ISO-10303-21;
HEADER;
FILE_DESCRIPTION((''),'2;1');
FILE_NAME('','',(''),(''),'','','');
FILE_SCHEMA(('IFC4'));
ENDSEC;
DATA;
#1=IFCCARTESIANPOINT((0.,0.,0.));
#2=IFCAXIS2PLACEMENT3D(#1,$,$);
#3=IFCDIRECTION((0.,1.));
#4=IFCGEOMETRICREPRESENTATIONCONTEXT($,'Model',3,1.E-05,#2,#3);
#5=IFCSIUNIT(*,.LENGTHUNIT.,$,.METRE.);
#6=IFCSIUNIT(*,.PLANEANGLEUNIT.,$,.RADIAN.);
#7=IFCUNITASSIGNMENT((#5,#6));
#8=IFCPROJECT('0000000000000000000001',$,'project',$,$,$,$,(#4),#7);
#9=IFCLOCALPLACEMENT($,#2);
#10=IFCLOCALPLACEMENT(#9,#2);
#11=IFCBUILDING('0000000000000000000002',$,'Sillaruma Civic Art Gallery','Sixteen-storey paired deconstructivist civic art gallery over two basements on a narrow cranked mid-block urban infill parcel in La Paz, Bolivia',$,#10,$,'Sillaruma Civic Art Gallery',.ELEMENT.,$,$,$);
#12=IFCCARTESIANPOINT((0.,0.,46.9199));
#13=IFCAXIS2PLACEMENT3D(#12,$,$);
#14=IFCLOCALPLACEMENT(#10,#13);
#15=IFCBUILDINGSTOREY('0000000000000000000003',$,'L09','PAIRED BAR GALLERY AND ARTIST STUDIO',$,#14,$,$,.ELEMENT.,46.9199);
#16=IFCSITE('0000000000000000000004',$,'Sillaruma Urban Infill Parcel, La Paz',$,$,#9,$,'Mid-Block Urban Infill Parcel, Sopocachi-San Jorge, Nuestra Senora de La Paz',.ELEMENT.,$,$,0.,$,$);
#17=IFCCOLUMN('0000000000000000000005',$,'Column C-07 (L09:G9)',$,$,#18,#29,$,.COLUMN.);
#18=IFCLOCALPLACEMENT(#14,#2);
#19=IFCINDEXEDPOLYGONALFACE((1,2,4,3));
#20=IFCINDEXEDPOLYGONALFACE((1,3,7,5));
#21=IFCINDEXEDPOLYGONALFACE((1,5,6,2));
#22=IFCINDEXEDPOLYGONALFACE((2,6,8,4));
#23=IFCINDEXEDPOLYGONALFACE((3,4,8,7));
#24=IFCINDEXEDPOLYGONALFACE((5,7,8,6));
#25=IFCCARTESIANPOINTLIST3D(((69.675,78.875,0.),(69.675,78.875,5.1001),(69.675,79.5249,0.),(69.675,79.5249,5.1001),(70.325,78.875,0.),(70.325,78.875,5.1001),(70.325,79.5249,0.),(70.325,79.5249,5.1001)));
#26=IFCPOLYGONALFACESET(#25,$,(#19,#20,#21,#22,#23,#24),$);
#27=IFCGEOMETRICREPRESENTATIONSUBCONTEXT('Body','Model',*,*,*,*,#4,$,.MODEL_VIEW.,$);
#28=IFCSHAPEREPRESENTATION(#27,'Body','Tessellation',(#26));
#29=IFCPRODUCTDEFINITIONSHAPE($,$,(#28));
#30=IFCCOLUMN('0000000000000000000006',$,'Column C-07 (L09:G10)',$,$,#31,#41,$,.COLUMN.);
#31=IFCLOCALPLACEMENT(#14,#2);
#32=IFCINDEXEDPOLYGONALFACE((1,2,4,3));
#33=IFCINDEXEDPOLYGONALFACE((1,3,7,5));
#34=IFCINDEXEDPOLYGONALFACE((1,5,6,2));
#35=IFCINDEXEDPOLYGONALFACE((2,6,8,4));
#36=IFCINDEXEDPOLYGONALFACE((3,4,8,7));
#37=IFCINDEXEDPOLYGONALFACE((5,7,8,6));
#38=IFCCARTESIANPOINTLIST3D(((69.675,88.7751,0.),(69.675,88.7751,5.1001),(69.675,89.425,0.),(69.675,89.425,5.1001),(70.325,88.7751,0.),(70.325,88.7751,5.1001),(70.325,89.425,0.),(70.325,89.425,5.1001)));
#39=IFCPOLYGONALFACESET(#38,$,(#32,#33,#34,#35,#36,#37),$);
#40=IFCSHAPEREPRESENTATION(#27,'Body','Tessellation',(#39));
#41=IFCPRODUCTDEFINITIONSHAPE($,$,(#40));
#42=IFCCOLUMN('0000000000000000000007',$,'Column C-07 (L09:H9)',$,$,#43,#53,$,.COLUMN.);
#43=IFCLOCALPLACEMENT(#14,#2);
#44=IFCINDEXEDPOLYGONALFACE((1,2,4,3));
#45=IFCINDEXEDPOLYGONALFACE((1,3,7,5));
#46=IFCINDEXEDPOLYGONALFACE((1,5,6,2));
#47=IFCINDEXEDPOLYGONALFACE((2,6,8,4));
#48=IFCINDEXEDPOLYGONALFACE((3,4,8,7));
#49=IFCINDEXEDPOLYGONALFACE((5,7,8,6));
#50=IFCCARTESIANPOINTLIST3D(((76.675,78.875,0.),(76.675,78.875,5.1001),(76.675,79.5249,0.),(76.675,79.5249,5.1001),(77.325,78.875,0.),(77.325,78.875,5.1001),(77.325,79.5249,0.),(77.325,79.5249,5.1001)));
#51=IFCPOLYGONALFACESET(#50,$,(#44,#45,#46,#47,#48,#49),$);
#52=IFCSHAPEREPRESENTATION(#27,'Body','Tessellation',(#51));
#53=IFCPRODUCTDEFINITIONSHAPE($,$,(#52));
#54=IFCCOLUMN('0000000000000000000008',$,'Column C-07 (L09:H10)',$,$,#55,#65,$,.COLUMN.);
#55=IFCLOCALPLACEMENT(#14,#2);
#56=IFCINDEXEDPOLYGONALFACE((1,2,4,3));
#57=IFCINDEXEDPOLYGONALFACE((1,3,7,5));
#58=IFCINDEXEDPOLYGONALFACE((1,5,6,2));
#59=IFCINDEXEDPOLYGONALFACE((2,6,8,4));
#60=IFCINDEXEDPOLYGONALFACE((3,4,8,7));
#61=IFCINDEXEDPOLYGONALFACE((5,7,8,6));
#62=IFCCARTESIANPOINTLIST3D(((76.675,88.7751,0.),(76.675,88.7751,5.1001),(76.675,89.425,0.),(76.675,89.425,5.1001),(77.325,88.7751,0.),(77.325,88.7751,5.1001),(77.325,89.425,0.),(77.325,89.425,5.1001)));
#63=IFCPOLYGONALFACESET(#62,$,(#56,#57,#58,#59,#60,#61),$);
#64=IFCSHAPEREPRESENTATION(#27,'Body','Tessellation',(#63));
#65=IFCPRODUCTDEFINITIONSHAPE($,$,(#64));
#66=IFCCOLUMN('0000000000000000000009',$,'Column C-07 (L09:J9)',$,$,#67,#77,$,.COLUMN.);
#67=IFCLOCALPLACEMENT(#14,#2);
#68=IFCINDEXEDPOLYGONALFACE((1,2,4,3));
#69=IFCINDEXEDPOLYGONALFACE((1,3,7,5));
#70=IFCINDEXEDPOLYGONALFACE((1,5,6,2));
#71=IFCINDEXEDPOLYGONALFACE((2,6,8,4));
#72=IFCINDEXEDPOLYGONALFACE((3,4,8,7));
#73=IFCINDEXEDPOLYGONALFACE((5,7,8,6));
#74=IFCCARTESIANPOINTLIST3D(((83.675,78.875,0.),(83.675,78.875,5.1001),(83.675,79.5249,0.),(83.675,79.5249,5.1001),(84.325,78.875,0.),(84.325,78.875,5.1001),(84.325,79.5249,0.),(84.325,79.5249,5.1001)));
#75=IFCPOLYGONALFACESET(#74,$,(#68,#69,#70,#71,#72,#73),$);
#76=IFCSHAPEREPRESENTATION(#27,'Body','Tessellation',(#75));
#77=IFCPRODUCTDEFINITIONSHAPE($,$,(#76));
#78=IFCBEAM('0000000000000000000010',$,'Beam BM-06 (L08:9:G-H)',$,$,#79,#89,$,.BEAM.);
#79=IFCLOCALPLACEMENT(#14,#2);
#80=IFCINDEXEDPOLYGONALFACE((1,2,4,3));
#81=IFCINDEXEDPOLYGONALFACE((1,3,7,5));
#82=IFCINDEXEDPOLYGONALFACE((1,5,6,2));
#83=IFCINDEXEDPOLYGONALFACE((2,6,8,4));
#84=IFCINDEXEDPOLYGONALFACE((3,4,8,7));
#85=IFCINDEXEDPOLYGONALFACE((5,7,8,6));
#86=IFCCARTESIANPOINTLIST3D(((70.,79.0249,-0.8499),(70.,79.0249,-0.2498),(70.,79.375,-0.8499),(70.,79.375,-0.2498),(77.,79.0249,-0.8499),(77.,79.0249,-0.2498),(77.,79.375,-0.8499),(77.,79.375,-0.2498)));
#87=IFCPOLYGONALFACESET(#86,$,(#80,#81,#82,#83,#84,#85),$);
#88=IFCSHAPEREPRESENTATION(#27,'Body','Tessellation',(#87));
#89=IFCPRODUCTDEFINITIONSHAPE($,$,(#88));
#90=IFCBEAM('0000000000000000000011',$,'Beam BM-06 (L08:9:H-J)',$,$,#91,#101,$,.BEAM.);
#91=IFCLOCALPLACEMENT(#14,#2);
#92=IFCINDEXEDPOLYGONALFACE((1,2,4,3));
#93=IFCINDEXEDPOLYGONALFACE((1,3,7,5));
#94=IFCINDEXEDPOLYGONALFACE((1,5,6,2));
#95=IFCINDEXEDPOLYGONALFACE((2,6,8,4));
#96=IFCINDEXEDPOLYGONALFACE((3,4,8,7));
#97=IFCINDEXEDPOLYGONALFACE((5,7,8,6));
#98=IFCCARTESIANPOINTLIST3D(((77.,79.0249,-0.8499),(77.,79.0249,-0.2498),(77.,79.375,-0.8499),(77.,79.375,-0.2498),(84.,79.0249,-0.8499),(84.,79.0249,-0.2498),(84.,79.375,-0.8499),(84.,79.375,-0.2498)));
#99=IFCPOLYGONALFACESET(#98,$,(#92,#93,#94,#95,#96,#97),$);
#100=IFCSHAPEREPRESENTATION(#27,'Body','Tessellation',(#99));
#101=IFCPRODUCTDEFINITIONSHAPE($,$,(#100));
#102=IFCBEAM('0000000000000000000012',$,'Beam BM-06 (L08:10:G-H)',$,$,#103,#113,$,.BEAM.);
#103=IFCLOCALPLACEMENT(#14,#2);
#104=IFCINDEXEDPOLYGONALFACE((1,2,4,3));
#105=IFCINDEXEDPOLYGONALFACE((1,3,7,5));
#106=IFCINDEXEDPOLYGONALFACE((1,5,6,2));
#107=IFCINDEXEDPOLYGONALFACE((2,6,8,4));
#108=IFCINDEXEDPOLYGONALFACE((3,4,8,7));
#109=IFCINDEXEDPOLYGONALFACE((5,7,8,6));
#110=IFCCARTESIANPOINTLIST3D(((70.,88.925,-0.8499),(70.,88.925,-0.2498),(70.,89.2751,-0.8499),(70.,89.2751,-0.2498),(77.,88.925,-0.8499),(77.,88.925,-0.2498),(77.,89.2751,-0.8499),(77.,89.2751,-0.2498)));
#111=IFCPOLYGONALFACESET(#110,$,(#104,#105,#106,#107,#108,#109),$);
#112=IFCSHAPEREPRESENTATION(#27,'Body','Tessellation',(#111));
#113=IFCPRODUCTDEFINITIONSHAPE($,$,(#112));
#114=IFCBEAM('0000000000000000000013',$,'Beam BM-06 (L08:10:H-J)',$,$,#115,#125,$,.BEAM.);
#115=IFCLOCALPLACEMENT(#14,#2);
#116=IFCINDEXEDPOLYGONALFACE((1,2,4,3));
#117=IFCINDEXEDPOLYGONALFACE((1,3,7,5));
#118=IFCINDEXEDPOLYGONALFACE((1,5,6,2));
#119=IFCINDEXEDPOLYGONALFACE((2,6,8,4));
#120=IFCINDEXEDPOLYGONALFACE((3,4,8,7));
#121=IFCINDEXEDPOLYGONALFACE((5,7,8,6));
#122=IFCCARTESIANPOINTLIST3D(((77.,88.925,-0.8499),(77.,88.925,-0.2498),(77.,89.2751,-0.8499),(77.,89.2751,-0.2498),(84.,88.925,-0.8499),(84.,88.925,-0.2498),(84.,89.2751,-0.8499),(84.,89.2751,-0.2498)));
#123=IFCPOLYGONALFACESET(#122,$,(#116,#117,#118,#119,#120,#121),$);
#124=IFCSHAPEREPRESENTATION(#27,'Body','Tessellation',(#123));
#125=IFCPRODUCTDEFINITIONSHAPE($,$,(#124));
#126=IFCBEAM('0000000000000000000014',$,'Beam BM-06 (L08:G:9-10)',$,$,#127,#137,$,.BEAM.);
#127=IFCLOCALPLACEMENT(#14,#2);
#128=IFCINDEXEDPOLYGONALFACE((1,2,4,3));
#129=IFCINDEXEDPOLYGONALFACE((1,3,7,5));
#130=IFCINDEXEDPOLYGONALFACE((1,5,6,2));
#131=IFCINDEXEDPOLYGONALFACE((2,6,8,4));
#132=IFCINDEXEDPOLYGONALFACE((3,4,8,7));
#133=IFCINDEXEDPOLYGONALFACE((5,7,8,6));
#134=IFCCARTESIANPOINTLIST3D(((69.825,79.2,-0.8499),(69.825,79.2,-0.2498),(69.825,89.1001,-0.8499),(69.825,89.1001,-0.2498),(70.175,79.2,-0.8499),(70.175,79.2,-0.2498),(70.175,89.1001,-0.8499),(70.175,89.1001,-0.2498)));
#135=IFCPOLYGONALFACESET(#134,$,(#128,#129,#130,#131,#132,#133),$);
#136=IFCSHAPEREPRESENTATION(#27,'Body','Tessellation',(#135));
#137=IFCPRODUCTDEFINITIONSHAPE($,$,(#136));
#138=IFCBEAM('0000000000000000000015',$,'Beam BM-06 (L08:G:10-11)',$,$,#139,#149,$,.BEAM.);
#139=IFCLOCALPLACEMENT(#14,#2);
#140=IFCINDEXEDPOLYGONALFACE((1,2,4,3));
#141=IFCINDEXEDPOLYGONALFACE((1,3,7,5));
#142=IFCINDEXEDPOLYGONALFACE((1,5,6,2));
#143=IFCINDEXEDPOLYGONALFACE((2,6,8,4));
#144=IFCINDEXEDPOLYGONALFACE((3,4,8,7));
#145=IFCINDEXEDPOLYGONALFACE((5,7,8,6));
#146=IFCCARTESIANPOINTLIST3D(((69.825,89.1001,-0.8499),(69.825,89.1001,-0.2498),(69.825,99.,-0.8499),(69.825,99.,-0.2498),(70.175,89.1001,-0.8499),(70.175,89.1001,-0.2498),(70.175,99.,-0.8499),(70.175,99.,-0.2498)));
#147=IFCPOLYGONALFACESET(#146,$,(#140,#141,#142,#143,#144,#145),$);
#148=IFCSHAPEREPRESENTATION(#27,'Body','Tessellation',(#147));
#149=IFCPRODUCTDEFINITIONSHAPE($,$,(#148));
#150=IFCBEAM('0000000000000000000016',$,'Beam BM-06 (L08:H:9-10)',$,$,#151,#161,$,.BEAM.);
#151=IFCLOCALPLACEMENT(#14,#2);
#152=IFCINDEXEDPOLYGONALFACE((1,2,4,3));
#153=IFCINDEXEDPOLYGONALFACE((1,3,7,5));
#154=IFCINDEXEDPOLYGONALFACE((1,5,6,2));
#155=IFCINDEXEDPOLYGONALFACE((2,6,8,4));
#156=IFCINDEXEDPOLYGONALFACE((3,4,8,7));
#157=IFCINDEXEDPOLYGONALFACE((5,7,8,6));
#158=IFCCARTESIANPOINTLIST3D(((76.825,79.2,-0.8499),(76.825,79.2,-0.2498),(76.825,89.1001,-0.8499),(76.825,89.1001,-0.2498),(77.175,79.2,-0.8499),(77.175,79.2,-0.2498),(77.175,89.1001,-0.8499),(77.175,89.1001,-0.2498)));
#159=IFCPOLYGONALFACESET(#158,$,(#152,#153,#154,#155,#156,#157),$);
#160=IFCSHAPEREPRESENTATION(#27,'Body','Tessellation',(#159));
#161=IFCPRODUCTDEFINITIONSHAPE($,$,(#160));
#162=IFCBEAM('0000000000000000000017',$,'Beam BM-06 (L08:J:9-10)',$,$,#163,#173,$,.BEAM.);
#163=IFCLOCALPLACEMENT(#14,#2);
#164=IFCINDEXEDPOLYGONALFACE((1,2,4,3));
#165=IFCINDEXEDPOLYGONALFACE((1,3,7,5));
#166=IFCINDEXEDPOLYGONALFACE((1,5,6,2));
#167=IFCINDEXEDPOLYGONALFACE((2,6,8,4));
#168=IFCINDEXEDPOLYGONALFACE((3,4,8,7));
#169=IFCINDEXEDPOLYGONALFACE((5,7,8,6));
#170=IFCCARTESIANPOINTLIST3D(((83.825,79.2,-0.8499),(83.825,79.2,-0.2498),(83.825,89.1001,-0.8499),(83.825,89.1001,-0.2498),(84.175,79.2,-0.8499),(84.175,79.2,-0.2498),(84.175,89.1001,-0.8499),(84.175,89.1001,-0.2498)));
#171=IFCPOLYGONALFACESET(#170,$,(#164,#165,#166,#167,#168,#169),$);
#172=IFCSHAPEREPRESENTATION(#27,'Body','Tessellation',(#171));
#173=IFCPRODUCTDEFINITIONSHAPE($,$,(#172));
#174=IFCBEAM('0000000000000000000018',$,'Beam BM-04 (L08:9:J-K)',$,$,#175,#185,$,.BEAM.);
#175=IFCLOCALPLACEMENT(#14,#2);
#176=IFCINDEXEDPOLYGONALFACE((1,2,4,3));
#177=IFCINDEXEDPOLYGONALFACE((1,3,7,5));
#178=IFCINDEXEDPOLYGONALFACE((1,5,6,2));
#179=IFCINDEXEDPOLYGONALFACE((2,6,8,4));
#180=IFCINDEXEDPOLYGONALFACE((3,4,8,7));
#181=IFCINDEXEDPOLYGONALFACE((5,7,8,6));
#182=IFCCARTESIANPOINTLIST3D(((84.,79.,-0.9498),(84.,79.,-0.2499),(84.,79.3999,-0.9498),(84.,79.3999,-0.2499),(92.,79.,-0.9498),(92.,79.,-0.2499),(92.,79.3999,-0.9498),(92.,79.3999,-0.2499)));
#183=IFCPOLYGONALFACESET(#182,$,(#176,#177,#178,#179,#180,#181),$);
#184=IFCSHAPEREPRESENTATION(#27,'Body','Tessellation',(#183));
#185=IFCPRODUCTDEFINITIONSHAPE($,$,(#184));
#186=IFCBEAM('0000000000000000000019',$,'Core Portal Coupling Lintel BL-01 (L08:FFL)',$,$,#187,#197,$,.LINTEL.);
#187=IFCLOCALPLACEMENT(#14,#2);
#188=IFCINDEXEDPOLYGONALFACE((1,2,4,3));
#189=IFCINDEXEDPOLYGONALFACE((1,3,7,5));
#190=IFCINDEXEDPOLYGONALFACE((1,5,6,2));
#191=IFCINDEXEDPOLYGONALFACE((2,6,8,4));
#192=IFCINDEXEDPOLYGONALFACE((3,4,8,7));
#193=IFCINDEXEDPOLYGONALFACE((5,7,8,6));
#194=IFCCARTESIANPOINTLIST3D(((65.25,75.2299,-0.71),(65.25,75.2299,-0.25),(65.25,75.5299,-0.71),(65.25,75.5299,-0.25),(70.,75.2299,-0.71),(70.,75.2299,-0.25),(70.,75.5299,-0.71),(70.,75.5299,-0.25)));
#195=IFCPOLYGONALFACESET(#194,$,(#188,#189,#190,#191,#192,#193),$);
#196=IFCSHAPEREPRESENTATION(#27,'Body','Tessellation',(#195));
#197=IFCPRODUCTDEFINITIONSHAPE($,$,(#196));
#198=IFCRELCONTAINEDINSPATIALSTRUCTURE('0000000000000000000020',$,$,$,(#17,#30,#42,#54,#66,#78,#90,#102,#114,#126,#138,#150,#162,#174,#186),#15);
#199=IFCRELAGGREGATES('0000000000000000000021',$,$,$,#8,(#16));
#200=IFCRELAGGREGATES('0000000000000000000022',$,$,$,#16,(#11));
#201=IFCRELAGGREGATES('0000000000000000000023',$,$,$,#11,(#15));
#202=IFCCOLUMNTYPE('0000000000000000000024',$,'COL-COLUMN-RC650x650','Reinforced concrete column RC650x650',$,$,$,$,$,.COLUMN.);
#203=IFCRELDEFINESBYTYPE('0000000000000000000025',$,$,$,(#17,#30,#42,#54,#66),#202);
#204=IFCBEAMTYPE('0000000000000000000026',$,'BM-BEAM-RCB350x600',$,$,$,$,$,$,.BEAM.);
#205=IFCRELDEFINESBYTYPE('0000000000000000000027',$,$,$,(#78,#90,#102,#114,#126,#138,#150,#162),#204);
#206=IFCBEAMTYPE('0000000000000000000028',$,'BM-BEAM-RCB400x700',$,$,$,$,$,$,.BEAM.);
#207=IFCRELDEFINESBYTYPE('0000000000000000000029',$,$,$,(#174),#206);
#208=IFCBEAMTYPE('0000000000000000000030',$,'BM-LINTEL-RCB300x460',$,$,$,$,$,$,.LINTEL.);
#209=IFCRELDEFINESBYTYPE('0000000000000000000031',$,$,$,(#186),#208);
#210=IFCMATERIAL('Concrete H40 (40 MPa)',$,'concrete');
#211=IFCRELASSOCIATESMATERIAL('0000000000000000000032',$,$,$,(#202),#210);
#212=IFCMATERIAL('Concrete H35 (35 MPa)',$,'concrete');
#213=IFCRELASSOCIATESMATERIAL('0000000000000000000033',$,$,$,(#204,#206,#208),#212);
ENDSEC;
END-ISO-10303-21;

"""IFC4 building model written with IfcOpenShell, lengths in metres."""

from ifc_helpers import new_model, si_unit, direction, frame, origin, origin_2d, place, context, subcontext, project, spatial, rectangle, extrude, material, material_profile, profile_set, type_object, element, save


model = new_model("IFC4")

# Units and contexts
model_context = context("Model", 3, precision=1e-05, world=origin(), true_north=direction((0.0, 1.0)))
body_context = subcontext(model_context, "Body", "Model", "MODEL_VIEW")
ifc_project = project(units=[si_unit("LENGTHUNIT", "METRE"), si_unit("PLANEANGLEUNIT", "RADIAN")], contexts=[model_context])

# Site, building, storey
site_placement = place(None, origin())
site = spatial("IfcSite", under=ifc_project, at=site_placement, Name="Sillaruma Urban Infill Parcel, La Paz", LongName="Mid-Block Urban Infill Parcel, Sopocachi-San Jorge, Nuestra Senora de La Paz", CompositionType="ELEMENT", RefElevation=0.0)
building_placement = place(site_placement, origin())
building = spatial("IfcBuilding", under=site, at=building_placement, Name="Sillaruma Civic Art Gallery", Description="Sixteen-storey paired deconstructivist civic art gallery over two basements on a narrow cranked mid-block urban infill parcel in La Paz, Bolivia", LongName="Sillaruma Civic Art Gallery", CompositionType="ELEMENT")
storey_placement = place(building_placement, frame((0.0, 0.0, 46.9199)))
storey = spatial("IfcBuildingStorey", under=building, at=storey_placement, Name="L09", Description="PAIRED BAR GALLERY AND ARTIST STUDIO", CompositionType="ELEMENT", Elevation=46.9199)

# Columns
ifc_material_1 = material(Name="Concrete H40 (40 MPa)", Category="concrete")
ifc_material_profile_1 = material_profile(ifc_material_1, rectangle(XDim=0.6499, YDim=0.6499, at=origin_2d()), Name="RC650x650")
ifc_profile_set_1 = profile_set([ifc_material_profile_1], Name="Concrete H40 (40 MPa)")
column_type = type_object("IfcColumnType", Name="COL-COLUMN-RC650x650", Description="Reinforced concrete column RC650x650", PredefinedType="COLUMN", material=ifc_profile_set_1)
for number, where, z_axis, x_axis, name in (
    (1, (70.0, 79.2, 0.0), (0.0, 0.0, 1.0), (1.0, 0.0, 0.0), "Column C-07 (L09:G9)"),
    (2, (70.0, 89.1001, 0.0), (0.0, 0.0, 1.0), (1.0, 0.0, 0.0), "Column C-07 (L09:G10)"),
    (3, (77.0, 79.2, 0.0), (0.0, 0.0, 1.0), (1.0, 0.0, 0.0), "Column C-07 (L09:H9)"),
    (4, (77.0, 89.1001, 0.0), (0.0, 0.0, 1.0), (1.0, 0.0, 0.0), "Column C-07 (L09:H10)"),
    (5, (84.0, 79.2, 0.0), (0.0, 0.0, 1.0), (1.0, 0.0, 0.0), "Column C-07 (L09:J9)"),
):
    element("IfcColumn", number, at=place(storey_placement, frame(where, z_axis=z_axis, x_axis=x_axis)), inside=storey, type_object=column_type, Name=name, PredefinedType="COLUMN", context=body_context, shape_type="SweptSolid", body=[
        extrude(rectangle(XDim=0.6499, YDim=0.6499, at=origin_2d()), origin(), (0.0, 0.0, 1.0), 5.1001),
    ])

# Beams
ifc_material_2 = material(Name="Concrete H35 (35 MPa)", Category="concrete")
ifc_material_profile_2 = material_profile(ifc_material_2, rectangle(XDim=0.3501, YDim=0.6001, at=origin_2d()), Name="RCB350x600")
ifc_profile_set_2 = profile_set([ifc_material_profile_2], Name="Concrete H35 (35 MPa)")
beam_type_1 = type_object("IfcBeamType", Name="BM-BEAM-RCB350x600", PredefinedType="BEAM", material=ifc_profile_set_2)
for number, where, z_axis, x_axis, name in (
    (6, (70.0, 79.2, -0.5498), (1.0, 0.0, 0.0), (0.0, 1.0, 0.0), "Beam BM-06 (L08:9:G-H)"),
    (7, (77.0, 79.2, -0.5498), (1.0, 0.0, 0.0), (0.0, 1.0, 0.0), "Beam BM-06 (L08:9:H-J)"),
    (8, (70.0, 89.1001, -0.5498), (1.0, 0.0, 0.0), (0.0, 1.0, 0.0), "Beam BM-06 (L08:10:G-H)"),
    (9, (77.0, 89.1001, -0.5498), (1.0, 0.0, 0.0), (0.0, 1.0, 0.0), "Beam BM-06 (L08:10:H-J)"),
):
    element("IfcBeam", number, at=place(storey_placement, frame(where, z_axis=z_axis, x_axis=x_axis)), inside=storey, type_object=beam_type_1, Name=name, PredefinedType="BEAM", context=body_context, shape_type="SweptSolid", body=[
        extrude(rectangle(XDim=0.3501, YDim=0.6001, at=origin_2d()), origin(), (0.0, 0.0, 1.0), 7.0),
    ])
beam_1_placement = place(storey_placement, frame((70.0, 79.2, -0.5498), z_axis=(0.0, 1.0, 0.0), x_axis=(-1.0, 0.0, 0.0)))
element("IfcBeam", 10, at=beam_1_placement, inside=storey, type_object=beam_type_1, Name="Beam BM-06 (L08:G:9-10)", PredefinedType="BEAM", context=body_context, shape_type="SweptSolid", body=[
    extrude(rectangle(XDim=0.3501, YDim=0.6001, at=origin_2d()), origin(), (0.0, 0.0, 1.0), 9.9001),
])
beam_2_placement = place(storey_placement, frame((70.0, 89.1001, -0.5498), z_axis=(0.0, 1.0, 0.0), x_axis=(-1.0, 0.0, 0.0)))
element("IfcBeam", 11, at=beam_2_placement, inside=storey, type_object=beam_type_1, Name="Beam BM-06 (L08:G:10-11)", PredefinedType="BEAM", context=body_context, shape_type="SweptSolid", body=[
    extrude(rectangle(XDim=0.3501, YDim=0.6001, at=origin_2d()), origin(), (0.0, 0.0, 1.0), 9.8999),
])
for number, where, z_axis, x_axis, name in (
    (12, (77.0, 79.2, -0.5498), (0.0, 1.0, 0.0), (-1.0, 0.0, 0.0), "Beam BM-06 (L08:H:9-10)"),
    (13, (84.0, 79.2, -0.5498), (0.0, 1.0, 0.0), (-1.0, 0.0, 0.0), "Beam BM-06 (L08:J:9-10)"),
):
    element("IfcBeam", number, at=place(storey_placement, frame(where, z_axis=z_axis, x_axis=x_axis)), inside=storey, type_object=beam_type_1, Name=name, PredefinedType="BEAM", context=body_context, shape_type="SweptSolid", body=[
        extrude(rectangle(XDim=0.3501, YDim=0.6001, at=origin_2d()), origin(), (0.0, 0.0, 1.0), 9.9001),
    ])
ifc_material_profile_3 = material_profile(ifc_material_2, rectangle(XDim=0.3999, YDim=0.7, at=origin_2d()), Name="RCB400x700")
ifc_profile_set_3 = profile_set([ifc_material_profile_3], Name="Concrete H35 (35 MPa)")
beam_type_2 = type_object("IfcBeamType", Name="BM-BEAM-RCB400x700", PredefinedType="BEAM", material=ifc_profile_set_3)
beam_3_placement = place(storey_placement, frame((84.0, 79.2, -0.5999), z_axis=(1.0, 0.0, 0.0), x_axis=(0.0, 1.0, 0.0)))
element("IfcBeam", 14, at=beam_3_placement, inside=storey, type_object=beam_type_2, Name="Beam BM-04 (L08:9:J-K)", PredefinedType="BEAM", context=body_context, shape_type="SweptSolid", body=[
    extrude(rectangle(XDim=0.3999, YDim=0.7, at=origin_2d()), origin(), (0.0, 0.0, 1.0), 8.0),
])
ifc_material_profile_4 = material_profile(ifc_material_2, rectangle(XDim=0.3, YDim=0.46, at=origin_2d()), Name="RCB300x460")
ifc_profile_set_4 = profile_set([ifc_material_profile_4], Name="Concrete H35 (35 MPa)")
beam_type_3 = type_object("IfcBeamType", Name="BM-LINTEL-RCB300x460", PredefinedType="LINTEL", material=ifc_profile_set_4)
beam_4_placement = place(storey_placement, frame((65.25, 75.3799, -0.48), z_axis=(1.0, 0.0, 0.0), x_axis=(0.0, 1.0, 0.0)))
element("IfcBeam", 15, at=beam_4_placement, inside=storey, type_object=beam_type_3, Name="Core Portal Coupling Lintel BL-01 (L08:FFL)", PredefinedType="LINTEL", context=body_context, shape_type="SweptSolid", body=[
    extrude(rectangle(XDim=0.3, YDim=0.46, at=origin_2d()), origin(), (0.0, 0.0, 1.0), 4.75),
])

save(model, "model.ifc")
